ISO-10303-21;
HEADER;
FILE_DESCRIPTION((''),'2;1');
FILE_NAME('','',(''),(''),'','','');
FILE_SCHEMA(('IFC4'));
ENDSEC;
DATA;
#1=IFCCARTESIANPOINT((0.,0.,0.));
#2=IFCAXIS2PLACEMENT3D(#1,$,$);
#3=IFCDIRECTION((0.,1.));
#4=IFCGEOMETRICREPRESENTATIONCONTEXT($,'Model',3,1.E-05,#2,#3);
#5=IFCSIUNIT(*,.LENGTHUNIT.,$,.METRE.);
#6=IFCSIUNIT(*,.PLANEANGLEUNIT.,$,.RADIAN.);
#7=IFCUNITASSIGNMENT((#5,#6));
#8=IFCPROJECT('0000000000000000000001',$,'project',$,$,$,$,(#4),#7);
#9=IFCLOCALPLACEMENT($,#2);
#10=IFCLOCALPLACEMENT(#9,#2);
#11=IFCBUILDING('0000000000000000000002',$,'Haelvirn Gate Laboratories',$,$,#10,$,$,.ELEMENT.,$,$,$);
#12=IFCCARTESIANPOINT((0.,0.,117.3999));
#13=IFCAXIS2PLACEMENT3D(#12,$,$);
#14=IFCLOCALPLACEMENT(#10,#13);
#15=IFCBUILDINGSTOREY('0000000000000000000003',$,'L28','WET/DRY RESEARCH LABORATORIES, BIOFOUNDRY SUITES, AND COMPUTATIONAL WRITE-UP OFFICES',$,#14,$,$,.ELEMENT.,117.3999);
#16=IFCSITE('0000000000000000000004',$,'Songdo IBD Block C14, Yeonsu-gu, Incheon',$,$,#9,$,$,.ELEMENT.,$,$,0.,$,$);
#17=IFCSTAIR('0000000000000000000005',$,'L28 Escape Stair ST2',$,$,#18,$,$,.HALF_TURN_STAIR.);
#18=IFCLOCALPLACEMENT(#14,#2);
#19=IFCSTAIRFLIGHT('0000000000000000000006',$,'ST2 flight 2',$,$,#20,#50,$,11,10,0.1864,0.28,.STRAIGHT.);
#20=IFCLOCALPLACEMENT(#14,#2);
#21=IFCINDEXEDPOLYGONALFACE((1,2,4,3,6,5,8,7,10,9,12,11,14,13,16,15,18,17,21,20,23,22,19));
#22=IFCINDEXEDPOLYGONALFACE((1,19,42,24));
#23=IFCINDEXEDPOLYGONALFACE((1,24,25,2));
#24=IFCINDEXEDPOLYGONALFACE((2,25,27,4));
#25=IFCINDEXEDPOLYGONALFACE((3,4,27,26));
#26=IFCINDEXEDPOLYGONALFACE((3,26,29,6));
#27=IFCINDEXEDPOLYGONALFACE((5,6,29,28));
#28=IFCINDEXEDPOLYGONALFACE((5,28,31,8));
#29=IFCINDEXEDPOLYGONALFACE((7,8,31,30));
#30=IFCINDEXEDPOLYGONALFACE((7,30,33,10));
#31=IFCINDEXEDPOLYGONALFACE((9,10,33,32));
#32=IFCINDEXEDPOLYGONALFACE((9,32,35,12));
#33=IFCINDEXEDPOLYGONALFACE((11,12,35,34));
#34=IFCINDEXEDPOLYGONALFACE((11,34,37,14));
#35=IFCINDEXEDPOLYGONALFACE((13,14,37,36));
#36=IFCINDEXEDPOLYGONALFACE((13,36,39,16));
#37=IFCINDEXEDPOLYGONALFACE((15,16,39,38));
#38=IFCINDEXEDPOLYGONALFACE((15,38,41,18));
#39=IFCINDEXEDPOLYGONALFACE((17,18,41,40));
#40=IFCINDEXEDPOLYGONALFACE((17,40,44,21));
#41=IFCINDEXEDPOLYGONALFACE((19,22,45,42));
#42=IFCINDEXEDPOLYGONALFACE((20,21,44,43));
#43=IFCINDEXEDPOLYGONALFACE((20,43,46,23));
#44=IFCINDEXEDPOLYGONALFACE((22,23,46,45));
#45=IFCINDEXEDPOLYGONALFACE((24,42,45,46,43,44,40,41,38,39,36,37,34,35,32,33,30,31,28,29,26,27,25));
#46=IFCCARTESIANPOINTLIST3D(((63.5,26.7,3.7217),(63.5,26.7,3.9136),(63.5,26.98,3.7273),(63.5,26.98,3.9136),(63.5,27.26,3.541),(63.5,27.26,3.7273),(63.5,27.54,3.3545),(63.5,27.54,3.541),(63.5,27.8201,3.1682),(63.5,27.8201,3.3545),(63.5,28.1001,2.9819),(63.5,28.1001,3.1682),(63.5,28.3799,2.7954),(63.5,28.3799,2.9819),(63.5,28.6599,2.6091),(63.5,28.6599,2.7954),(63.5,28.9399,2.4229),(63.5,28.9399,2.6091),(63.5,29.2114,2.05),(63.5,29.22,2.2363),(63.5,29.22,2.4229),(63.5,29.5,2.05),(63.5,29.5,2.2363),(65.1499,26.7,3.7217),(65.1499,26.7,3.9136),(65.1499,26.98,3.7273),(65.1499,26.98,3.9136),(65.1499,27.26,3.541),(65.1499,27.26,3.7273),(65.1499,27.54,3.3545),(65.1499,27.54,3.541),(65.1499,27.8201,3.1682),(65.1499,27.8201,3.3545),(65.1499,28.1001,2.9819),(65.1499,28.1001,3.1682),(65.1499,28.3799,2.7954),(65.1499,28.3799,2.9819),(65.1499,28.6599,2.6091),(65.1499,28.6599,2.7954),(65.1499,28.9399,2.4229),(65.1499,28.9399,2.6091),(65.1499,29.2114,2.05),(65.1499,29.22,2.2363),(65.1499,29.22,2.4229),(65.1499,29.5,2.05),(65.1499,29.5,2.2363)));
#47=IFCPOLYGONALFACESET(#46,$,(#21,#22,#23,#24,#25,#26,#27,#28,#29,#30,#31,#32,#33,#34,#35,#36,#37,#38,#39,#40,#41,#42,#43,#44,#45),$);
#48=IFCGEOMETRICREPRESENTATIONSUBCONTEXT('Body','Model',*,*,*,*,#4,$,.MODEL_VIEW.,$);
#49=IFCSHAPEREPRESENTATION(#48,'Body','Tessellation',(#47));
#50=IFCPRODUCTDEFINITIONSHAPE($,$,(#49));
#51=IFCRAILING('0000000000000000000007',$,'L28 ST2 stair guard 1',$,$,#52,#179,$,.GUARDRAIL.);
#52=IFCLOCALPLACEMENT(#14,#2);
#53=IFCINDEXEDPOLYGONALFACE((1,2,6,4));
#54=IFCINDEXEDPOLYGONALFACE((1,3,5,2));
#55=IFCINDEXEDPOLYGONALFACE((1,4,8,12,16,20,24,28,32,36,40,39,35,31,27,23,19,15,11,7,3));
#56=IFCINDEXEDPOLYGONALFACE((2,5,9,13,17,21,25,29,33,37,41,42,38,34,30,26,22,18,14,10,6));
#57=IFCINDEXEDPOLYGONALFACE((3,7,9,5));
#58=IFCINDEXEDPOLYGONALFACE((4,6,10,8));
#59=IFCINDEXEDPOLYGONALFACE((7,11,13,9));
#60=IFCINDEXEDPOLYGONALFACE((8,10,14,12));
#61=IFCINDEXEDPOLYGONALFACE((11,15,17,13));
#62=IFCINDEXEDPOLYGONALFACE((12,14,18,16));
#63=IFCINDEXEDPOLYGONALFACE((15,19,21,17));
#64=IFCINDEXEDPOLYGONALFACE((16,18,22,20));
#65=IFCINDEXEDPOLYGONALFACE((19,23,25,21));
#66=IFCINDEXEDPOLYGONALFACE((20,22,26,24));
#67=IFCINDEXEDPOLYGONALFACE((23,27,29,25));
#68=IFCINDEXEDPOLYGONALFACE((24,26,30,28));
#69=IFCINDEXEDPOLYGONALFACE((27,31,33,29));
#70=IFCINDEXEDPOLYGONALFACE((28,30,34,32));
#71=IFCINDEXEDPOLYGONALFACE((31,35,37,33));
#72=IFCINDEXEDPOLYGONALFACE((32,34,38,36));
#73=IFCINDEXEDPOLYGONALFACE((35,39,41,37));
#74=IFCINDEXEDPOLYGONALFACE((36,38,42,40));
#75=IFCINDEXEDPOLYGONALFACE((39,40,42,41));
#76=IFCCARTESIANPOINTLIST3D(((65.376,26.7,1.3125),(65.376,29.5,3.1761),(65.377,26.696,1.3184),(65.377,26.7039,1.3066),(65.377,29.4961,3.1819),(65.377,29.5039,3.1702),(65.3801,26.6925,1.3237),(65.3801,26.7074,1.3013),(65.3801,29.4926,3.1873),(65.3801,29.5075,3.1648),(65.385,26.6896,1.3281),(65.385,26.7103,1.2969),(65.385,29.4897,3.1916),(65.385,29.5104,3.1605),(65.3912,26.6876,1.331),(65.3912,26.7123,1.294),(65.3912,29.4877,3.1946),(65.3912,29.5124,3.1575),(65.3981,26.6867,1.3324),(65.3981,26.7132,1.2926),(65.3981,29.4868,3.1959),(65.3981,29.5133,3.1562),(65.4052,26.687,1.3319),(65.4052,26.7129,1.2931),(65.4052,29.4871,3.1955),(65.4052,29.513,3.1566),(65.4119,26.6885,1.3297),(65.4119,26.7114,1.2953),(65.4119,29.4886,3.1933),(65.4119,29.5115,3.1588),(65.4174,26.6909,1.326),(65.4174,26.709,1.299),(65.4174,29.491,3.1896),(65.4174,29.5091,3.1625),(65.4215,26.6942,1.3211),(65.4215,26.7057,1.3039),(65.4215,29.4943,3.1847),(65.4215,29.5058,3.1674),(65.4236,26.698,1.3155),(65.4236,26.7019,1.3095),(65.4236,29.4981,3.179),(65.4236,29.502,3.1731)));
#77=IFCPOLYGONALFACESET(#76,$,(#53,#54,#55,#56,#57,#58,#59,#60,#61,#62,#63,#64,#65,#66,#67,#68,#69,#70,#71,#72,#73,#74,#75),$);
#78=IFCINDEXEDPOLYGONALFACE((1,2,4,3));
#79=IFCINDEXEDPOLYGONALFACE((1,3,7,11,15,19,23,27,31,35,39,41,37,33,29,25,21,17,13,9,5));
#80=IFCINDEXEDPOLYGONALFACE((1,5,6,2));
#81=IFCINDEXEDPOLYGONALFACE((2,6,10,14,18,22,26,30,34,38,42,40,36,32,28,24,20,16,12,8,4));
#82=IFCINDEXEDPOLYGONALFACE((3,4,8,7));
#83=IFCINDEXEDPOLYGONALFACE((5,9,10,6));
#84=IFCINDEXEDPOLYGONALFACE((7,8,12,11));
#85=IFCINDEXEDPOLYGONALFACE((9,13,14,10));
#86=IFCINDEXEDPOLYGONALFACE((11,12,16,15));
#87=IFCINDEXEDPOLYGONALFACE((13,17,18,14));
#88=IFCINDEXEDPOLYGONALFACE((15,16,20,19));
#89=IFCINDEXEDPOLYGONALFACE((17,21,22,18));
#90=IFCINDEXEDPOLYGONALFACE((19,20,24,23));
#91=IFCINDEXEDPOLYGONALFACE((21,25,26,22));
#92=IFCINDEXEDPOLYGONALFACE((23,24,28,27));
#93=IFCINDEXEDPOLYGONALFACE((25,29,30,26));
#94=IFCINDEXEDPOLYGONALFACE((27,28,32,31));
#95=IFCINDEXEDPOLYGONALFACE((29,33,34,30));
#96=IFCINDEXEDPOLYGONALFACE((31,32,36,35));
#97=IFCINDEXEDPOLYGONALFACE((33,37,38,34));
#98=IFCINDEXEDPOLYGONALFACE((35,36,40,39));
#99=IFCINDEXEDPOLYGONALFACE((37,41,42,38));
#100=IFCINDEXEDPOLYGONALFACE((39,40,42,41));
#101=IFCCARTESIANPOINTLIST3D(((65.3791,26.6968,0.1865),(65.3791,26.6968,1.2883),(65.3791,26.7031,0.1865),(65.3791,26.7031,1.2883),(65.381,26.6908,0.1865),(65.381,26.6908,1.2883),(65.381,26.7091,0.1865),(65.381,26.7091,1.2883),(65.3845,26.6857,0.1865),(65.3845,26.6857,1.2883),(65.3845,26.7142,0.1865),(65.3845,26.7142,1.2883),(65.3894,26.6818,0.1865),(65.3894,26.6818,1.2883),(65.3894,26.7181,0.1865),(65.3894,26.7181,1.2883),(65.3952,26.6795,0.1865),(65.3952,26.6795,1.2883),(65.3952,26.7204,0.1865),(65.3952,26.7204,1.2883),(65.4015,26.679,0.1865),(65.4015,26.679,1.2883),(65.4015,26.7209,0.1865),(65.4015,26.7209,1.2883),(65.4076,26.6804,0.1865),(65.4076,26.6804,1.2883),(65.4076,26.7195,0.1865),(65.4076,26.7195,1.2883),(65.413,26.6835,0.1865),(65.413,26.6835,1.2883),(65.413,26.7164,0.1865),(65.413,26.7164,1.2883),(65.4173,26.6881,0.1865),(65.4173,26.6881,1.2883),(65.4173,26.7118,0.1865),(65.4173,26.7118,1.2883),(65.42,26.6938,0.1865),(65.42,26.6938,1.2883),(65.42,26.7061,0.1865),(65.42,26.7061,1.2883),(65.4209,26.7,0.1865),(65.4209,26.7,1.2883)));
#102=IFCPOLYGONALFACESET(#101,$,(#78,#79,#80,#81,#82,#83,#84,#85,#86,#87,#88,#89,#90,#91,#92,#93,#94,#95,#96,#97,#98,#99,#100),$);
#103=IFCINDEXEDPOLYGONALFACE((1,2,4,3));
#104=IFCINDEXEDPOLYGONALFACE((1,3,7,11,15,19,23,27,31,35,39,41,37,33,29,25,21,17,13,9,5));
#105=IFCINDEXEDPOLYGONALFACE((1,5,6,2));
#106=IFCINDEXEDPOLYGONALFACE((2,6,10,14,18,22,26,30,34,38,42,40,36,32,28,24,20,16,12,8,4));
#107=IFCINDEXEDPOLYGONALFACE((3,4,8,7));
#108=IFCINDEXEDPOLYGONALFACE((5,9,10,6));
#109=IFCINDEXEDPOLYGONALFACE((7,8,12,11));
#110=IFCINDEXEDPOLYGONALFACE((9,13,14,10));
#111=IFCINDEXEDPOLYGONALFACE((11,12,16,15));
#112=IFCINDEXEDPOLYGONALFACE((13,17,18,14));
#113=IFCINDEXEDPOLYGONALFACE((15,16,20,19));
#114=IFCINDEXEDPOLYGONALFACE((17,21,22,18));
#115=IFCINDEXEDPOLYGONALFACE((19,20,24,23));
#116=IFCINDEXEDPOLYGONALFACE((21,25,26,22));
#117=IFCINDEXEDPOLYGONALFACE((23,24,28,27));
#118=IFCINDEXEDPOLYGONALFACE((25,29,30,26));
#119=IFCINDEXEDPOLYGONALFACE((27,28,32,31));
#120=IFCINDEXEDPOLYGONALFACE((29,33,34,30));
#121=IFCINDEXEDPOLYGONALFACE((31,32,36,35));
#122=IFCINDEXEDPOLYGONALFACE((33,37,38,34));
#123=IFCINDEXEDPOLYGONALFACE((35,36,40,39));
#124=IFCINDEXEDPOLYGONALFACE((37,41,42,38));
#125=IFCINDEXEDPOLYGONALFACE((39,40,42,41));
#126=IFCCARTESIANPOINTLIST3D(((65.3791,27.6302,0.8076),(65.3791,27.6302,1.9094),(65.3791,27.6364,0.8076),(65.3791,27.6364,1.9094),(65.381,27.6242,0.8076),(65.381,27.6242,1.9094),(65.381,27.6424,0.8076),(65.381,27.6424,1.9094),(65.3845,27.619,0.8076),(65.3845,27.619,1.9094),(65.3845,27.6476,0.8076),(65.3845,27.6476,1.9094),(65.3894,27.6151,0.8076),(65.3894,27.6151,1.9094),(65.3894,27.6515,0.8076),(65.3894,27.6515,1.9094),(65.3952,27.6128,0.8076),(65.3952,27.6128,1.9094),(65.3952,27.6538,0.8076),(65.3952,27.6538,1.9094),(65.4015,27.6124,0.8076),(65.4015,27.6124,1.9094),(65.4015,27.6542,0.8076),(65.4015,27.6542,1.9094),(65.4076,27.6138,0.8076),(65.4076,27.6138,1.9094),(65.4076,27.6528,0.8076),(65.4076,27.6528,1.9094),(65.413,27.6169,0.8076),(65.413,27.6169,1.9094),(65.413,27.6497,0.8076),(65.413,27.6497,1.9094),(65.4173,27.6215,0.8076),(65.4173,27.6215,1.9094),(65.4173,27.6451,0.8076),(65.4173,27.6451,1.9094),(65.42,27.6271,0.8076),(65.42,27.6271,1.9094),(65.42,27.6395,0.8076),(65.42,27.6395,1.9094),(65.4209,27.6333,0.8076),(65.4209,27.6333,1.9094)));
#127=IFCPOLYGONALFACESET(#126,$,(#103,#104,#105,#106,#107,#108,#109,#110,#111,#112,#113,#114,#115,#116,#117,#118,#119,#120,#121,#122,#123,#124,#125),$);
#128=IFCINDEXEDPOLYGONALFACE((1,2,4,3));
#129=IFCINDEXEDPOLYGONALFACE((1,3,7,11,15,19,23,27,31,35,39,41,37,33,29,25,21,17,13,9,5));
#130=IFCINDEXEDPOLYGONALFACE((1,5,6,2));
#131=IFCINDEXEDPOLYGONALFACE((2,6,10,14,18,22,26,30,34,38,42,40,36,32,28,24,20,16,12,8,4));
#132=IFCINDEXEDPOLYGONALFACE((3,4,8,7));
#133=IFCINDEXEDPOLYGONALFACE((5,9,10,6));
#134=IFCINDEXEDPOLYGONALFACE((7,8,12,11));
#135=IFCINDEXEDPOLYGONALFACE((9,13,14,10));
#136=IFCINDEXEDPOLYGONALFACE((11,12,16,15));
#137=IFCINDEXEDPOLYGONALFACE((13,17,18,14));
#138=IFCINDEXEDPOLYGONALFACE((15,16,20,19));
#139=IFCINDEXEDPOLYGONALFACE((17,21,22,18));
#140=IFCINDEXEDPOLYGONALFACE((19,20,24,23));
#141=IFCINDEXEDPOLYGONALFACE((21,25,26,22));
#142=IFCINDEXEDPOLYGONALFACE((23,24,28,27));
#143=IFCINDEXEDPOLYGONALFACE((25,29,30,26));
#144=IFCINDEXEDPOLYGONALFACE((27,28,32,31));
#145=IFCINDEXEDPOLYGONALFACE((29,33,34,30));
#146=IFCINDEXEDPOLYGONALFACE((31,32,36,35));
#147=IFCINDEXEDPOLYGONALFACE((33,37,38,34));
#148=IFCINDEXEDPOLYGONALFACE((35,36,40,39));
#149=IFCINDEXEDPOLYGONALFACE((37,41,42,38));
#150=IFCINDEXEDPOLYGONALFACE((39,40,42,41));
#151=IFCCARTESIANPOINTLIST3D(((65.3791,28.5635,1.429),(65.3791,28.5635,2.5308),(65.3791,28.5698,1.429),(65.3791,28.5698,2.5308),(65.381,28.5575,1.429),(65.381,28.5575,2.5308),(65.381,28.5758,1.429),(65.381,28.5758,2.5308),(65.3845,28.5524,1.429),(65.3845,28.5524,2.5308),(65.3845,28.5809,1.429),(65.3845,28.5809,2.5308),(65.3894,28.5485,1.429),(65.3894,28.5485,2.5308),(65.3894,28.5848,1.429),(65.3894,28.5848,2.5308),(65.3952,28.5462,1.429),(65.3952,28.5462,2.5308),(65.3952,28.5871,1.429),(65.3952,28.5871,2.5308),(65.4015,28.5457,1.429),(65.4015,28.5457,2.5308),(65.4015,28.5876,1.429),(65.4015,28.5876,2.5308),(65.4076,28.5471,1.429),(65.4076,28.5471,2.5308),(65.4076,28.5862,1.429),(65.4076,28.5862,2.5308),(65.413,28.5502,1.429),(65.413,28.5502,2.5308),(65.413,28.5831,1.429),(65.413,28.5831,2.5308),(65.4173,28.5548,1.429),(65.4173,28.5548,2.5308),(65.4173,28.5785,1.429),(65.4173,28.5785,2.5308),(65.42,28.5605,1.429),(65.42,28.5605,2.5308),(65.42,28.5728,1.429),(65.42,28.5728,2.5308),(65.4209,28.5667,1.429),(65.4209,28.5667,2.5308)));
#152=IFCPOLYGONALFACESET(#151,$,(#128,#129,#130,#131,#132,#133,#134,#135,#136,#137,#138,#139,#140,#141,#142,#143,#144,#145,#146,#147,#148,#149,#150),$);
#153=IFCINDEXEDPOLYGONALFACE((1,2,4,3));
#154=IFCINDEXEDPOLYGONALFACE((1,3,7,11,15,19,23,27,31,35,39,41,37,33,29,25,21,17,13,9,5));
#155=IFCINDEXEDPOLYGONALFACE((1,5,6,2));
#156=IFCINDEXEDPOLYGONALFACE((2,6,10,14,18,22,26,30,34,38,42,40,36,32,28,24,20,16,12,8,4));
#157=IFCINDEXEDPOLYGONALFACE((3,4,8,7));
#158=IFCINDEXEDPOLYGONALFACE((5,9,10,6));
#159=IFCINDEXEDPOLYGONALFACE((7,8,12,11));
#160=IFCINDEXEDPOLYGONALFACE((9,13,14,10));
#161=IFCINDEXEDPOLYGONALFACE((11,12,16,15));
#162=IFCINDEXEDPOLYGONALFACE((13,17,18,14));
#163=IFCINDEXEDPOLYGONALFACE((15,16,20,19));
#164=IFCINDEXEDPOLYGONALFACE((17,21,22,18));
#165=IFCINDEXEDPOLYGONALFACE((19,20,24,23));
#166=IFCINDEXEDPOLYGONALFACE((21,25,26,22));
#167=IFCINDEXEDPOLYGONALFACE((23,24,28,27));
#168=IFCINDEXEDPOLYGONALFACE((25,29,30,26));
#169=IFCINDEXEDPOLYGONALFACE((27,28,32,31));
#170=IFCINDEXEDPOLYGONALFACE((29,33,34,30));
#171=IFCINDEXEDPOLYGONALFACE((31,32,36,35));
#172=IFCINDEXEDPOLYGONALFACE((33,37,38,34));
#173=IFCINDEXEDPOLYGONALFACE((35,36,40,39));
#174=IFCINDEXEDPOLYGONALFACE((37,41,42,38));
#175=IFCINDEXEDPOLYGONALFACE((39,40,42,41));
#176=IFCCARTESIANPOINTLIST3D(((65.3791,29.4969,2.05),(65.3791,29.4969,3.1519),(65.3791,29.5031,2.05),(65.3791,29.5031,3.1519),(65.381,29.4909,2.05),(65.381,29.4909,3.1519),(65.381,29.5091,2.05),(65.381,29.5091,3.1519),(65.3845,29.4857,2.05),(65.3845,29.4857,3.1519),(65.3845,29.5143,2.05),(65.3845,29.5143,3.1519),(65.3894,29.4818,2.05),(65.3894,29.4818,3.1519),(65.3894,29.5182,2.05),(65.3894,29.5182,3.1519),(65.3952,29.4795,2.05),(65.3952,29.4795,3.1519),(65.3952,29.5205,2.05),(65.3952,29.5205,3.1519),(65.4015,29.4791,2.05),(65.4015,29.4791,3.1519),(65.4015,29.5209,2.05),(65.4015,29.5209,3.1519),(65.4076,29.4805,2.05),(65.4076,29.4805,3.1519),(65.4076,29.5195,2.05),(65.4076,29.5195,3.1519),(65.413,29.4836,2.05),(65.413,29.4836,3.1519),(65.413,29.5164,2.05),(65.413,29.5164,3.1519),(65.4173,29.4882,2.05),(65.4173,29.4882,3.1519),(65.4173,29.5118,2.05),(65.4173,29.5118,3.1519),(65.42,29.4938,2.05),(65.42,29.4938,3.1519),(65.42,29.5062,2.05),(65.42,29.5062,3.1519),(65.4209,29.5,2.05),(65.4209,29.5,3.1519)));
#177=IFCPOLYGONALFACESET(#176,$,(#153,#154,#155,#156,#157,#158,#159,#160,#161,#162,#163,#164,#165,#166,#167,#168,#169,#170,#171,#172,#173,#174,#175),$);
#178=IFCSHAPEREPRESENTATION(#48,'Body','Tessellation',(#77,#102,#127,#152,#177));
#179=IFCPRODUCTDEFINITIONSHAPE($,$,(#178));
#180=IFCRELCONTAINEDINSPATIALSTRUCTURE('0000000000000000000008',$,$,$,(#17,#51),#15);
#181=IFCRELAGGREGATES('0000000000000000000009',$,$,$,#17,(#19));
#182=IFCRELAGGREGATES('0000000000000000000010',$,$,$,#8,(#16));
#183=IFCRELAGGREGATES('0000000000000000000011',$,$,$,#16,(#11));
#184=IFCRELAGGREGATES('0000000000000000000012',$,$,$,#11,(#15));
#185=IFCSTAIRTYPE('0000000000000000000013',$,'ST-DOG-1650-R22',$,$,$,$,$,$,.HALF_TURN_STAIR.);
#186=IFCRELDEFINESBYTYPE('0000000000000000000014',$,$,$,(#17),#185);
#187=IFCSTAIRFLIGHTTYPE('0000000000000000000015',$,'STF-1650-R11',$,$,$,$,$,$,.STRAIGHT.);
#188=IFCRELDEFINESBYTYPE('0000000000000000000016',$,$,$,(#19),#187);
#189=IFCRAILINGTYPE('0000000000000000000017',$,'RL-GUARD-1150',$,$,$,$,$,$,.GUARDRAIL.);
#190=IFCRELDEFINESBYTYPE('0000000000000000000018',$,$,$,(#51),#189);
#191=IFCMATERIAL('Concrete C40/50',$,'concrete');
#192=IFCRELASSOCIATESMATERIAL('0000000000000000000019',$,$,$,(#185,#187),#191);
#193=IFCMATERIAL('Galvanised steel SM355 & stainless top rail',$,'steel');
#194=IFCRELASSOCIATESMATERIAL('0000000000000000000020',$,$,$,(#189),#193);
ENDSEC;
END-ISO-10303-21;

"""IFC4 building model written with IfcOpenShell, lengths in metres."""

from ifc_helpers import new_model, si_unit, direction, frame, origin, origin_2d, place, context, subcontext, project, spatial, polyline, circle, outline, extrude, source, transform, mapped, material, type_object, type_shapes, element, aggregate, save


model = new_model("IFC4")

# Units and contexts
model_context = context("Model", 3, precision=1e-05, world=origin(), true_north=direction((0.0, 1.0)))
body_context = subcontext(model_context, "Body", "Model", "MODEL_VIEW")
ifc_project = project(units=[si_unit("LENGTHUNIT", "METRE"), si_unit("PLANEANGLEUNIT", "RADIAN")], contexts=[model_context])

# Site, building, storey
site_placement = place(None, origin())
site = spatial("IfcSite", under=ifc_project, at=site_placement, Name="Songdo IBD Block C14, Yeonsu-gu, Incheon", CompositionType="ELEMENT", RefElevation=0.0)
building_placement = place(site_placement, origin())
building = spatial("IfcBuilding", under=site, at=building_placement, Name="Haelvirn Gate Laboratories", CompositionType="ELEMENT")
storey_placement = place(building_placement, frame((0.0, 0.0, 117.3999)))
storey = spatial("IfcBuildingStorey", under=building, at=storey_placement, Name="L28", Description="WET/DRY RESEARCH LABORATORIES, BIOFOUNDRY SUITES, AND COMPUTATIONAL WRITE-UP OFFICES", CompositionType="ELEMENT", Elevation=117.3999)

# Shared definitions
ifc_material_1 = material(Name="Concrete C40/50", Category="concrete")

# Stair, stair flight
stair_type = type_object("IfcStairType", Name="ST-DOG-1650-R22", PredefinedType="HALF_TURN_STAIR", material=ifc_material_1)
stair_placement = place(storey_placement, origin())
stair = element("IfcStair", 1, at=stair_placement, inside=storey, type_object=stair_type, Name="L28 Escape Stair ST2", PredefinedType="HALF_TURN_STAIR")
stair_flight_type = type_object("IfcStairFlightType", Name="STF-1650-R11", PredefinedType="STRAIGHT", material=ifc_material_1)
shared_shape_1 = source(origin(), body_context, "Body", "SweptSolid", [
    extrude(outline(polyline([(0.0, 0.0), (0.0, 0.1863), (0.28, 0.1863), (0.28, 0.3728), (0.5601, 0.3728), (0.5601, 0.5591), (0.8401, 0.5591), (0.8401, 0.7454), (1.1201, 0.7454), (1.1201, 0.9319), (1.3999, 0.9319), (1.3999, 1.1182), (1.6799, 1.1182), (1.6799, 1.3044), (1.96, 1.3044), (1.96, 1.491), (2.24, 1.491), (2.24, 1.6772), (2.52, 1.6772), (2.52, 1.8635), (2.8, 1.8635), (2.8, 2.05), (2.8, 1.6716), (0.2886, 0.0), (0.0, 0.0)])), frame((0.0, 0.825, 0.0), z_axis=(0.0, -1.0, 0.0), x_axis=(1.0, 0.0, 0.0)), (0.0, 0.0, 1.0), 1.6499),
])
type_shapes(stair_flight_type, [shared_shape_1])
stair_flight_1_placement = place(storey_placement, frame((64.325, 29.5, 2.05), z_axis=(0.0, 0.0, 1.0), x_axis=(0.0, -1.0, 0.0)))
stair_flight_1 = element("IfcStairFlight", 2, at=stair_flight_1_placement, type_object=stair_flight_type, Name="ST2 flight 2", NumberOfRisers=11, NumberOfTreads=10, PredefinedType="STRAIGHT", RiserHeight=0.1864, TreadLength=0.28, context=body_context, shape_type="MappedRepresentation", body=[
    mapped(shared_shape_1, transform((0.0, 0.0, 0.0), scale=1.0)),
])
aggregate(stair, [stair_flight_1])

# Railing
ifc_material_2 = material(Name="Galvanised steel SM355 & stainless top rail", Category="steel")
railing_type_1 = type_object("IfcRailingType", Name="RL-GUARD-1150", PredefinedType="GUARDRAIL", material=ifc_material_2)
shared_shape_2 = source(origin(), body_context, "Body", "SweptSolid", [
    extrude(circle(Radius=0.0239, at=origin_2d()), frame((0.0, 0.0, 1.126), z_axis=(0.0, 0.832486, 0.554047), x_axis=(-1.0, 0.0, 0.0)), (0.0, 0.0, 1.0), 3.3635),
    extrude(circle(Radius=0.021, at=origin_2d()), origin(), (0.0, 0.0, 1.0), 1.1018),
    extrude(circle(Radius=0.021, at=origin_2d()), frame((0.0, 0.9333, 0.6211)), (0.0, 0.0, 1.0), 1.1018),
    extrude(circle(Radius=0.021, at=origin_2d()), frame((0.0, 1.8667, 1.2424)), (0.0, 0.0, 1.0), 1.1018),
    extrude(circle(Radius=0.021, at=origin_2d()), frame((0.0, 2.8, 1.8635)), (0.0, 0.0, 1.0), 1.1018),
])
railing_1_placement = place(storey_placement, frame((65.3999, 26.7, 0.1865)))
element("IfcRailing", 3, at=railing_1_placement, inside=storey, type_object=railing_type_1, Name="L28 ST2 stair guard 1", PredefinedType="GUARDRAIL", context=body_context, shape_type="MappedRepresentation", body=[
    mapped(shared_shape_2, transform((0.0, 0.0, 0.0), scale=1.0)),
])

save(model, "model.ifc")
